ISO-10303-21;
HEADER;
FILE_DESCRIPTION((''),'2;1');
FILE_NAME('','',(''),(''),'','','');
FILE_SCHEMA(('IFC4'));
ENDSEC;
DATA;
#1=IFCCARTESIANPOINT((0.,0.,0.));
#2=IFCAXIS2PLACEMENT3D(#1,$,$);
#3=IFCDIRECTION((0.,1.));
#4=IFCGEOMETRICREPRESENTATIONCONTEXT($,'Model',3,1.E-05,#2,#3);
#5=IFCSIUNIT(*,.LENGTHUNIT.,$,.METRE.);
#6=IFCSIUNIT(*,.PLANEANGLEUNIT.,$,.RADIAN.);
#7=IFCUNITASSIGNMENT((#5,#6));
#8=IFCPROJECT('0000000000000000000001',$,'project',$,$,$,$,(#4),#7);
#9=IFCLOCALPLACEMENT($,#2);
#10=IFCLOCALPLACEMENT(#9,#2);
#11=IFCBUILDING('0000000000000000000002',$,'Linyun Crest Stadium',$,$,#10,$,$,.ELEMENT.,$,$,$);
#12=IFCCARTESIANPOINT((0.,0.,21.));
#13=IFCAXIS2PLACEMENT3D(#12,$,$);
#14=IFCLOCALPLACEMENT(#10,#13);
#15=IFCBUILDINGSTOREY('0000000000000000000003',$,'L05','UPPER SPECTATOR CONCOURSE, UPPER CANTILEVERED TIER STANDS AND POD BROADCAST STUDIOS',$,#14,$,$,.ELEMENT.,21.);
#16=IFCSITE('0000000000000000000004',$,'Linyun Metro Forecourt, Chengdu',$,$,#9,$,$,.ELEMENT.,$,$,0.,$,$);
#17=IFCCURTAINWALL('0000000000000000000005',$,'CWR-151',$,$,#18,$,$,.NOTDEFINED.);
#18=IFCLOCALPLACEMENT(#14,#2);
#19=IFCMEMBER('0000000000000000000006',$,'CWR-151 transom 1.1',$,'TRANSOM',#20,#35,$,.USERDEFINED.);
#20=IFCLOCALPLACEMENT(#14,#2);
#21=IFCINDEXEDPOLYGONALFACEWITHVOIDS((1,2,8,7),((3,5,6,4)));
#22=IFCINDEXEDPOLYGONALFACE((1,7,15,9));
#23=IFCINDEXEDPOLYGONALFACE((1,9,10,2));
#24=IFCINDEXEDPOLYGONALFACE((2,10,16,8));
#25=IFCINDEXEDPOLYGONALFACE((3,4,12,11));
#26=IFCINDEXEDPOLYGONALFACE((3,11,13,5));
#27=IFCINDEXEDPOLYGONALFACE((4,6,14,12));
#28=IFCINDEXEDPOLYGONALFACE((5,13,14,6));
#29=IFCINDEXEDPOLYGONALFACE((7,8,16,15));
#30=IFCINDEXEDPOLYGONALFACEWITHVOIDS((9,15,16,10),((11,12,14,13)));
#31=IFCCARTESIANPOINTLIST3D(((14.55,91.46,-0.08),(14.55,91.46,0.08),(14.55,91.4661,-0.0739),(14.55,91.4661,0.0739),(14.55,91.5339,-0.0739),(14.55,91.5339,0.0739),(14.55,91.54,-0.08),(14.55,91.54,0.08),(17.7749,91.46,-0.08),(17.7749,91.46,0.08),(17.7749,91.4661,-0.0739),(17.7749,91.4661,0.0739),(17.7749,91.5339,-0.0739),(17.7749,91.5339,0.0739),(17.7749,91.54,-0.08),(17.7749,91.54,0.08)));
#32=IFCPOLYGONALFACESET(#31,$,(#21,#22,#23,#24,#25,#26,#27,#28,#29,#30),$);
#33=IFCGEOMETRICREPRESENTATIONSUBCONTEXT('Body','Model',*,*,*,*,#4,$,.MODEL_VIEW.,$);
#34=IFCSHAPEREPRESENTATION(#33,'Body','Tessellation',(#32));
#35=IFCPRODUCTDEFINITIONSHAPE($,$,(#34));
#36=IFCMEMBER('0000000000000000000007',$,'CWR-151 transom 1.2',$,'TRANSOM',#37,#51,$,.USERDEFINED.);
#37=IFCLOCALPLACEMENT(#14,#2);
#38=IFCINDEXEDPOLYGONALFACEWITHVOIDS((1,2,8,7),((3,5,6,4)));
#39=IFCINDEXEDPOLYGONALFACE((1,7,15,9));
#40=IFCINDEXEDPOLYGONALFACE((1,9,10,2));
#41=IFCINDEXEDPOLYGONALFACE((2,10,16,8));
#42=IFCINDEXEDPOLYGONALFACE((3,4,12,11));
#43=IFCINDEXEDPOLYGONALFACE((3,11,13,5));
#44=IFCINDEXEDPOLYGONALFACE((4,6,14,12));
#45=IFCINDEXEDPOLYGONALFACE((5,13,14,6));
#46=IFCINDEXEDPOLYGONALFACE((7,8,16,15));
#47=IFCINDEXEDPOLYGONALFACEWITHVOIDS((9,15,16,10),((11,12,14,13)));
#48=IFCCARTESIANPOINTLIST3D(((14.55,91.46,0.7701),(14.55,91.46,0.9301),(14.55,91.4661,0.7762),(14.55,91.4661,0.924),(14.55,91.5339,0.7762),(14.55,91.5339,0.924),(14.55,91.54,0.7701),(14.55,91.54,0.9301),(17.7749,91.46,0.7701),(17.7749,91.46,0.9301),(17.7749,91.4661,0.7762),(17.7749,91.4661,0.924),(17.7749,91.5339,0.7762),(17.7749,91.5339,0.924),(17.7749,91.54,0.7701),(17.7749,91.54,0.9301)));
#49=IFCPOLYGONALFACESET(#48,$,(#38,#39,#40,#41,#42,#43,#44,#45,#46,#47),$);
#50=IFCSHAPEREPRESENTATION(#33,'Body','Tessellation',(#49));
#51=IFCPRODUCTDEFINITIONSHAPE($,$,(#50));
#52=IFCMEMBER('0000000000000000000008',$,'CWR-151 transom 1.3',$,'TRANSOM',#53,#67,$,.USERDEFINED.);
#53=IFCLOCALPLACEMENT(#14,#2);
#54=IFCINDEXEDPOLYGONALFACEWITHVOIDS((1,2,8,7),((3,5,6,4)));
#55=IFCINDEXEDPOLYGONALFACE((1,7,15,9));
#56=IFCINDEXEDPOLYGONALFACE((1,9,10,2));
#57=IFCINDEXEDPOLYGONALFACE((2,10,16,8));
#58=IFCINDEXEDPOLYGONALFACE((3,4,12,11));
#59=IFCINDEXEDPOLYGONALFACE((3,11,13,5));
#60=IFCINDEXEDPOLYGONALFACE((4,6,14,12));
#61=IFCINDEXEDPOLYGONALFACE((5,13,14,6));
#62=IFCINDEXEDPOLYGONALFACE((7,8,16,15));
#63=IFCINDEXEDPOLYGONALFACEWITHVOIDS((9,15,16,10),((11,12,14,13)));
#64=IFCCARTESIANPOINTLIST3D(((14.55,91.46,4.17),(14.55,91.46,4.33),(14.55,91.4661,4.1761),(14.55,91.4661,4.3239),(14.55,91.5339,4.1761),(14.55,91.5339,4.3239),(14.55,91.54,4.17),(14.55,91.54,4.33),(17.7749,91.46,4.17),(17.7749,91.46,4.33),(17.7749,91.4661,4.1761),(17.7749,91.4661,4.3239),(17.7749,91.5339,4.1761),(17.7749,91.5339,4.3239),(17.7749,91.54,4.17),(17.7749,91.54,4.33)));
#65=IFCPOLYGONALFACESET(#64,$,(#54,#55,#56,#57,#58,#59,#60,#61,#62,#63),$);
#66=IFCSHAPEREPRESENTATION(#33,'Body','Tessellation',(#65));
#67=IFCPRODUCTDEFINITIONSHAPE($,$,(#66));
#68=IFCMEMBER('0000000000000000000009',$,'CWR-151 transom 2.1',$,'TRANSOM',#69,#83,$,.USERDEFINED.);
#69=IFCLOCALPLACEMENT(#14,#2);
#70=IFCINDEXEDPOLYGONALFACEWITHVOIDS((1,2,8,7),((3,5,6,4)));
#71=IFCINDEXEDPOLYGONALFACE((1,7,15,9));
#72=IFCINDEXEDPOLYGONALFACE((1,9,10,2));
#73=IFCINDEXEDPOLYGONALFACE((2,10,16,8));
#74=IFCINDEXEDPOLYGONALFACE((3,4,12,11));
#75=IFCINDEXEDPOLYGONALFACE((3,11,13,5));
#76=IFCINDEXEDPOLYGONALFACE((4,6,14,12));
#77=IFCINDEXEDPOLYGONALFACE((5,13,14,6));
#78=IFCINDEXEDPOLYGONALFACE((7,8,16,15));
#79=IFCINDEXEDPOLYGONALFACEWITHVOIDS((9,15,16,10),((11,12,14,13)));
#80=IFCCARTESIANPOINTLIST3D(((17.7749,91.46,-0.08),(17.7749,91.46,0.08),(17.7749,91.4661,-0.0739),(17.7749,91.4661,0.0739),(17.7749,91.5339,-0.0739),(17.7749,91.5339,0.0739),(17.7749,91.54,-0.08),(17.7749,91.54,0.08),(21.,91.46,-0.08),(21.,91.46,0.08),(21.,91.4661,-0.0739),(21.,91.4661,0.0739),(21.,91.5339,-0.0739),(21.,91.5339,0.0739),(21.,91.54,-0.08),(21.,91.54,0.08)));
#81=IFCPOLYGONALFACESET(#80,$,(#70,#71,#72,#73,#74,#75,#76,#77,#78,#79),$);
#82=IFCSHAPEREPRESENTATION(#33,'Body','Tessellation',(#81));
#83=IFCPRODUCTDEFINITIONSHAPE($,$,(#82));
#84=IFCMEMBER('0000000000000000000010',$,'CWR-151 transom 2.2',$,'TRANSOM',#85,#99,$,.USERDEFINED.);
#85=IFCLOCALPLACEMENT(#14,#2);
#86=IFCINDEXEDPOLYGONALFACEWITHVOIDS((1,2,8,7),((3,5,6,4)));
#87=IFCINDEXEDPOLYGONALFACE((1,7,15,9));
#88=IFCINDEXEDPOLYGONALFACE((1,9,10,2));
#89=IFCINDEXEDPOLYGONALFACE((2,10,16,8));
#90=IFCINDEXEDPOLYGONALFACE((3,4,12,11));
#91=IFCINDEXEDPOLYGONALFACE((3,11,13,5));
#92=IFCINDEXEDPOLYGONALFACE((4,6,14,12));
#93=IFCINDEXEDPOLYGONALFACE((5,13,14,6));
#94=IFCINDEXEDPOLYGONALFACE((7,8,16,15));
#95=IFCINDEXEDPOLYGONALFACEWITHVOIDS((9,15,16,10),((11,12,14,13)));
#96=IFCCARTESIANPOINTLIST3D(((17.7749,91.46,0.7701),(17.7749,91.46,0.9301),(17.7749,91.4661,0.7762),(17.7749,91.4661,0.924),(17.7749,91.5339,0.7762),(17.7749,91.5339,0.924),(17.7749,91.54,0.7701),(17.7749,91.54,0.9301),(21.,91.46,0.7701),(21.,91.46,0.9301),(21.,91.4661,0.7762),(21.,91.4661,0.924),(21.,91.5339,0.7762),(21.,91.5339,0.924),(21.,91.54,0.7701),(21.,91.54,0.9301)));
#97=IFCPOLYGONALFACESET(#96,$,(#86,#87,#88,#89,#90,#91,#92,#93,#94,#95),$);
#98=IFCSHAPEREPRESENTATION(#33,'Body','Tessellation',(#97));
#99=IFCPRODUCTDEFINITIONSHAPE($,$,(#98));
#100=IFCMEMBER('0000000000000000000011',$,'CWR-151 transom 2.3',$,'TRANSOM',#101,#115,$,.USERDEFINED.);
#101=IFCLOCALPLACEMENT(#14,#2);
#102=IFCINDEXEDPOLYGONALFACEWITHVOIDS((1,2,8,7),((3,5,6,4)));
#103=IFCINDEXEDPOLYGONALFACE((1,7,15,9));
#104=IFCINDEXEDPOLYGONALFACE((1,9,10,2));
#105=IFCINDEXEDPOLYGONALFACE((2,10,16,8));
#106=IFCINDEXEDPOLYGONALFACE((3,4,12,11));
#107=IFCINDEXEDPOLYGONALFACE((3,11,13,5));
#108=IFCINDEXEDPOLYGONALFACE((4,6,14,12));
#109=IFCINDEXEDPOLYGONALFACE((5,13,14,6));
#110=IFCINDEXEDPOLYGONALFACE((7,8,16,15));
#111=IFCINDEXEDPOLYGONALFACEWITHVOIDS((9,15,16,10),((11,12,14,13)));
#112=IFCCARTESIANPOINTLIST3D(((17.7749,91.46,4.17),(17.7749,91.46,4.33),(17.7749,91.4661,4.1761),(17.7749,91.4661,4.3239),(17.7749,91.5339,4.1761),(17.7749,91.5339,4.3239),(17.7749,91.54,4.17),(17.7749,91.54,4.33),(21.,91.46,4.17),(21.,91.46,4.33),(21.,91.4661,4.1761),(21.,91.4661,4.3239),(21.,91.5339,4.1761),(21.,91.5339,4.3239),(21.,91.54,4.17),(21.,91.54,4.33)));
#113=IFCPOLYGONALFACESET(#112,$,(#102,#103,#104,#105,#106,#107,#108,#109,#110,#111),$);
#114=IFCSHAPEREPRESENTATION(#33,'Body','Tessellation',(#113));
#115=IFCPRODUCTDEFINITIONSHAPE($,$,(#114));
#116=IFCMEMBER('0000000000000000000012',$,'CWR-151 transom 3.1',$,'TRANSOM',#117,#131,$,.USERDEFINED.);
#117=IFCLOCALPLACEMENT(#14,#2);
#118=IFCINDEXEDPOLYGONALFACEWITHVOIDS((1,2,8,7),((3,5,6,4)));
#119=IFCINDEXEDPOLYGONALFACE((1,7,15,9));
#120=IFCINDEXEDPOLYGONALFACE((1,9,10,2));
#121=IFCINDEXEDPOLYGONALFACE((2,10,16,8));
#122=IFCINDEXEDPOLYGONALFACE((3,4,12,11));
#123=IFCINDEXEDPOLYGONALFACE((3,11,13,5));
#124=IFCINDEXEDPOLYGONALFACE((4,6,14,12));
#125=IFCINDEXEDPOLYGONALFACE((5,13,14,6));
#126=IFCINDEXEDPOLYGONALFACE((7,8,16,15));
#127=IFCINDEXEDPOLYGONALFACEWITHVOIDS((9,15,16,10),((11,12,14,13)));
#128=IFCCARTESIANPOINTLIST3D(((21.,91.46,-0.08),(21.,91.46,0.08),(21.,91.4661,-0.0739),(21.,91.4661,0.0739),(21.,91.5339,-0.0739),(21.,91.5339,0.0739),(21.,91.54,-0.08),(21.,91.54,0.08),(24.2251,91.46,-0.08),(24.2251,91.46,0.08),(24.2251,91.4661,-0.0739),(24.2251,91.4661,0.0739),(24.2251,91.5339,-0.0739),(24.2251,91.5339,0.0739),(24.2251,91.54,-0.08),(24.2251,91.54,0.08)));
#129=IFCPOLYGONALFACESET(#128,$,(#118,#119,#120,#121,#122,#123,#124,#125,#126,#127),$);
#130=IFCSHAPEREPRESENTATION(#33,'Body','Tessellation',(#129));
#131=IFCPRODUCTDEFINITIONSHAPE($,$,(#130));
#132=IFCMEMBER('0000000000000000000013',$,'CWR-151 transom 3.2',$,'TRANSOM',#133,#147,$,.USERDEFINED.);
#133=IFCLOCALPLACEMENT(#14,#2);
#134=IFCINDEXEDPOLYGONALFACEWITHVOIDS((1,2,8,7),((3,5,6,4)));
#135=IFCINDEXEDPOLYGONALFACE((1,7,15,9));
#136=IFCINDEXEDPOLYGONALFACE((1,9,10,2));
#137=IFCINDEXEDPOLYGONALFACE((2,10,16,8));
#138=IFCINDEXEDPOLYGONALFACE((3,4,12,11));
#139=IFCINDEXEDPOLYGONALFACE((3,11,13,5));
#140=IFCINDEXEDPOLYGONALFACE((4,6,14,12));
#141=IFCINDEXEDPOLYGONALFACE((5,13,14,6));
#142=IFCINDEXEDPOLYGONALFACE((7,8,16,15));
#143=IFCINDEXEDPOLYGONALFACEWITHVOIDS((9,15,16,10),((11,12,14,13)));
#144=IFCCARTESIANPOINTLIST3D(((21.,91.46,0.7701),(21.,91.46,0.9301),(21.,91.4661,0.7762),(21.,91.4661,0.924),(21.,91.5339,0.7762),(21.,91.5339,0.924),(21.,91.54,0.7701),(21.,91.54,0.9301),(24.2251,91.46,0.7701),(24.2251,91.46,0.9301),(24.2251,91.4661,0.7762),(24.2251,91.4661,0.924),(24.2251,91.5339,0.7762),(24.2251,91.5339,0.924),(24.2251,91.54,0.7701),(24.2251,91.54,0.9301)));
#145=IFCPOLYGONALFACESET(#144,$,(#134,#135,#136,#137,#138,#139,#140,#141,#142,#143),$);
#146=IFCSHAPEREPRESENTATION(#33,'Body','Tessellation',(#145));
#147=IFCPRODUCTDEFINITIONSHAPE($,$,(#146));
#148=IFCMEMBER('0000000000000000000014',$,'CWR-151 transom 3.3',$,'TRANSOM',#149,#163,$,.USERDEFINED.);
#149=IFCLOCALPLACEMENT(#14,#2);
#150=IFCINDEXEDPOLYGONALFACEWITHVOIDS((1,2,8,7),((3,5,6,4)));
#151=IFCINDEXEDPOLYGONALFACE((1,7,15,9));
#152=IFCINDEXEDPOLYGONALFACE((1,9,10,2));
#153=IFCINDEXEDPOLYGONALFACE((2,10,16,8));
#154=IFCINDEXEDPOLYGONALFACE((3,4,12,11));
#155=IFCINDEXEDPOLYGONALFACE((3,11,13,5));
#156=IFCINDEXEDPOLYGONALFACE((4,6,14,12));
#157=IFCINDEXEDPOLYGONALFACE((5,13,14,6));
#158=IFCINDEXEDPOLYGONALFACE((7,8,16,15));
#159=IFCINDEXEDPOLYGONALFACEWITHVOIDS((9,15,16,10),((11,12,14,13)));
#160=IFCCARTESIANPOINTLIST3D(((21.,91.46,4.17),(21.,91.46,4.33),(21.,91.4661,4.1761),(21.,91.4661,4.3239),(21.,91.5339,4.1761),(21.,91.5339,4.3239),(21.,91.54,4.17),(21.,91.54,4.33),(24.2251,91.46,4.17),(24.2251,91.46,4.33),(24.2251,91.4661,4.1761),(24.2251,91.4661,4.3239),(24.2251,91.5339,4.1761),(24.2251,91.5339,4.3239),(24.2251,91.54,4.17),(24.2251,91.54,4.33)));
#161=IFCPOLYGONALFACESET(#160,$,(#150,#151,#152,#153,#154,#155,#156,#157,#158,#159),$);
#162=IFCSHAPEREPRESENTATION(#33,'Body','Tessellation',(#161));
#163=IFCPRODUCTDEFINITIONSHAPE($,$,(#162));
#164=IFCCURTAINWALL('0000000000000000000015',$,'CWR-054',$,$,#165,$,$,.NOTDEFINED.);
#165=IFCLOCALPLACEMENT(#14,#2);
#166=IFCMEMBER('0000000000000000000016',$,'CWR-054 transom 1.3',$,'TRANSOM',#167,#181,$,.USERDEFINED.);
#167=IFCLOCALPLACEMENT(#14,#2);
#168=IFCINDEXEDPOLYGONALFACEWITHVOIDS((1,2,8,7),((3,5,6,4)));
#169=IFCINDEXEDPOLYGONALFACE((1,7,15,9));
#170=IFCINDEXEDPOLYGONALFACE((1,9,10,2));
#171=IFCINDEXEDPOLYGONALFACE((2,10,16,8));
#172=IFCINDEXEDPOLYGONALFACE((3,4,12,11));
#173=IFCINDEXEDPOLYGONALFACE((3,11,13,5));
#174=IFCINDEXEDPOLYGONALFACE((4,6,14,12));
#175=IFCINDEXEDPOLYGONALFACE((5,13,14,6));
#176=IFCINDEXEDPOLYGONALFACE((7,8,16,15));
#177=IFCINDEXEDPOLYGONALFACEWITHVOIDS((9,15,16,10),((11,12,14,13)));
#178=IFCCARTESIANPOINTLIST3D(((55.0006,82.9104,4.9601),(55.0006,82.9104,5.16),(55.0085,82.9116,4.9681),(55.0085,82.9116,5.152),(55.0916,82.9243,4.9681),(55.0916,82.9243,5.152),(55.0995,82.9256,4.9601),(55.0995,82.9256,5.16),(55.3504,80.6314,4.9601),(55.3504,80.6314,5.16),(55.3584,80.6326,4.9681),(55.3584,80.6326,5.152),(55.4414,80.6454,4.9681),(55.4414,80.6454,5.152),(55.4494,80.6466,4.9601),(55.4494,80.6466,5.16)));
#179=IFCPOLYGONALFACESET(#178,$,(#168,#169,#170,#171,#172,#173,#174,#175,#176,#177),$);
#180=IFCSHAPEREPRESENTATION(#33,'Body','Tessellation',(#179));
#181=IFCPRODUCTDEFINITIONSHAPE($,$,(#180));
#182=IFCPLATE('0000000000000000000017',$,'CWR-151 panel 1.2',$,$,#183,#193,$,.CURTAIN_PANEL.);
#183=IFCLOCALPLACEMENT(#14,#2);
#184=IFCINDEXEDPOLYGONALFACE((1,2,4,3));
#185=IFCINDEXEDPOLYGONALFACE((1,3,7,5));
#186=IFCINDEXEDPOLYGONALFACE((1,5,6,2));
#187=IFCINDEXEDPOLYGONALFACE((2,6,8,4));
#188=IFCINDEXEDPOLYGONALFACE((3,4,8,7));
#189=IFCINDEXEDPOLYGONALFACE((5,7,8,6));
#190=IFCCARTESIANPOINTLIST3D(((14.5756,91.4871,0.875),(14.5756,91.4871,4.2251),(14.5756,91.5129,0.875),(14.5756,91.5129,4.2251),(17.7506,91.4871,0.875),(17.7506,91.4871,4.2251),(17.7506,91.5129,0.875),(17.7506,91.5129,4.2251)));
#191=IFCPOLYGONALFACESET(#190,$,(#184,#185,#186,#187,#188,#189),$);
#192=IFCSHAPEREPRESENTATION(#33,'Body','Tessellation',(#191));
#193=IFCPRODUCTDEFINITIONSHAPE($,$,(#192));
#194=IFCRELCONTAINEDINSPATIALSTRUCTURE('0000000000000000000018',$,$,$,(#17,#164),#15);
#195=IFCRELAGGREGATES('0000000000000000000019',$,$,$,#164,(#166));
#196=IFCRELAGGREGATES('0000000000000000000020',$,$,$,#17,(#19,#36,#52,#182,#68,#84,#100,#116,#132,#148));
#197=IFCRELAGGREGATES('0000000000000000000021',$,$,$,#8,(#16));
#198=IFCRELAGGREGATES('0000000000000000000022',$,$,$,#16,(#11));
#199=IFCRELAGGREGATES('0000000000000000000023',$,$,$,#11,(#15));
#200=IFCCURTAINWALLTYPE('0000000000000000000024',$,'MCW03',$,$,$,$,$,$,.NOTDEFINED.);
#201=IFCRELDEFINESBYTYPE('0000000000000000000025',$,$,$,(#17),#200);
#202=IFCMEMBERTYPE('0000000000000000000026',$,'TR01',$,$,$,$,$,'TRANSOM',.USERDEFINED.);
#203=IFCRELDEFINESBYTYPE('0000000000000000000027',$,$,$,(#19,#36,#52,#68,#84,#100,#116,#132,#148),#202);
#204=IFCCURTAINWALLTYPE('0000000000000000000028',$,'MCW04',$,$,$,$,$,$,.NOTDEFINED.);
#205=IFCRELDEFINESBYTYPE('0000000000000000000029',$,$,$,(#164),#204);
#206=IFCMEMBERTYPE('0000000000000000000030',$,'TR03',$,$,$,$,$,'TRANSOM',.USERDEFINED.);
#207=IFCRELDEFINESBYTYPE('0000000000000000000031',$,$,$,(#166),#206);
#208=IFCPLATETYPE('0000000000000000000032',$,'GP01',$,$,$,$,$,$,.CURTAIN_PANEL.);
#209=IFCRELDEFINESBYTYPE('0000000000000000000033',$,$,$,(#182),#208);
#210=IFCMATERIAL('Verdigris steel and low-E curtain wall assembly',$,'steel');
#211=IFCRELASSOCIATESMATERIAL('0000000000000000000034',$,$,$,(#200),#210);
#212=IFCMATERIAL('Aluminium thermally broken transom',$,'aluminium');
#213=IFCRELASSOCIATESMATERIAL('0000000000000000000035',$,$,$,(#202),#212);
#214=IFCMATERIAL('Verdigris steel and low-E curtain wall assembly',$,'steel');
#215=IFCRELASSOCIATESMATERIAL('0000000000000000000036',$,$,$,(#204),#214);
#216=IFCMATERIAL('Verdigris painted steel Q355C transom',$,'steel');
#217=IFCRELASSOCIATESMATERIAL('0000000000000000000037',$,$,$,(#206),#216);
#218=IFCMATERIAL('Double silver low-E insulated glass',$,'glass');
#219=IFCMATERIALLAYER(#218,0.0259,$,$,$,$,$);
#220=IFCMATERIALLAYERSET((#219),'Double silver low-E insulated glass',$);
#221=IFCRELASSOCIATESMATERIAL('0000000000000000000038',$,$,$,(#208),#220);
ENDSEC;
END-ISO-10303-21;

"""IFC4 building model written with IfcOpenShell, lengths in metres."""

from ifc_helpers import new_model, si_unit, direction, frame, origin, origin_2d, place, context, subcontext, project, spatial, rectangle, hollow_rectangle, extrude, material, layer, layer_set, material_profile, profile_set, type_object, element, aggregate, save


model = new_model("IFC4")

# Units and contexts
model_context = context("Model", 3, precision=1e-05, world=origin(), true_north=direction((0.0, 1.0)))
body_context = subcontext(model_context, "Body", "Model", "MODEL_VIEW")
ifc_project = project(units=[si_unit("LENGTHUNIT", "METRE"), si_unit("PLANEANGLEUNIT", "RADIAN")], contexts=[model_context])

# Site, building, storey
site_placement = place(None, origin())
site = spatial("IfcSite", under=ifc_project, at=site_placement, Name="Linyun Metro Forecourt, Chengdu", CompositionType="ELEMENT", RefElevation=0.0)
building_placement = place(site_placement, origin())
building = spatial("IfcBuilding", under=site, at=building_placement, Name="Linyun Crest Stadium", CompositionType="ELEMENT")
storey_placement = place(building_placement, frame((0.0, 0.0, 21.0)))
storey = spatial("IfcBuildingStorey", under=building, at=storey_placement, Name="L05", Description="UPPER SPECTATOR CONCOURSE, UPPER CANTILEVERED TIER STANDS AND POD BROADCAST STUDIOS", CompositionType="ELEMENT", Elevation=21.0)

# Curtain wall
ifc_material_1 = material(Name="Verdigris steel and low-E curtain wall assembly", Category="steel")
curtain_wall_type_1 = type_object("IfcCurtainWallType", Name="MCW03", PredefinedType="NOTDEFINED", material=ifc_material_1)
curtain_wall_1_placement = place(storey_placement, origin())
curtain_wall_1 = element("IfcCurtainWall", 1, at=curtain_wall_1_placement, inside=storey, type_object=curtain_wall_type_1, Name="CWR-151", PredefinedType="NOTDEFINED")

# Members
ifc_material_2 = material(Name="Aluminium thermally broken transom", Category="aluminium")
ifc_material_profile_1 = material_profile(ifc_material_2, hollow_rectangle(XDim=0.0801, YDim=0.1599, WallThickness=0.0061, at=origin_2d()), Name="RHS 160x80x6")
ifc_profile_set_1 = profile_set([ifc_material_profile_1], Name="Aluminium thermally broken transom")
member_type_1 = type_object("IfcMemberType", Name="TR01", ElementType="TRANSOM", PredefinedType="USERDEFINED", material=ifc_profile_set_1)
member_1_placement = place(storey_placement, frame((14.55, 91.5, 0.0), z_axis=(1.0, 0.0, 0.0), x_axis=(0.0, 1.0, 0.0)))
member_1 = element("IfcMember", 2, at=member_1_placement, type_object=member_type_1, Name="CWR-151 transom 1.1", ObjectType="TRANSOM", PredefinedType="USERDEFINED", context=body_context, shape_type="SweptSolid", body=[
    extrude(hollow_rectangle(XDim=0.0801, YDim=0.1599, WallThickness=0.0061, at=origin_2d()), origin(), (0.0, 0.0, 1.0), 3.2249),
])
member_2_placement = place(storey_placement, frame((14.55, 91.5, 0.8501), z_axis=(1.0, 0.0, 0.0), x_axis=(0.0, 1.0, 0.0)))
member_2 = element("IfcMember", 3, at=member_2_placement, type_object=member_type_1, Name="CWR-151 transom 1.2", ObjectType="TRANSOM", PredefinedType="USERDEFINED", context=body_context, shape_type="SweptSolid", body=[
    extrude(hollow_rectangle(XDim=0.0801, YDim=0.1599, WallThickness=0.0061, at=origin_2d()), origin(), (0.0, 0.0, 1.0), 3.2249),
])
member_3_placement = place(storey_placement, frame((14.55, 91.5, 4.25), z_axis=(1.0, 0.0, 0.0), x_axis=(0.0, 1.0, 0.0)))
member_3 = element("IfcMember", 4, at=member_3_placement, type_object=member_type_1, Name="CWR-151 transom 1.3", ObjectType="TRANSOM", PredefinedType="USERDEFINED", context=body_context, shape_type="SweptSolid", body=[
    extrude(hollow_rectangle(XDim=0.0801, YDim=0.1599, WallThickness=0.0061, at=origin_2d()), origin(), (0.0, 0.0, 1.0), 3.2249),
])
member_4_placement = place(storey_placement, frame((17.7749, 91.5, 0.0), z_axis=(1.0, 0.0, 0.0), x_axis=(0.0, 1.0, 0.0)))
member_4 = element("IfcMember", 5, at=member_4_placement, type_object=member_type_1, Name="CWR-151 transom 2.1", ObjectType="TRANSOM", PredefinedType="USERDEFINED", context=body_context, shape_type="SweptSolid", body=[
    extrude(hollow_rectangle(XDim=0.0801, YDim=0.1599, WallThickness=0.0061, at=origin_2d()), origin(), (0.0, 0.0, 1.0), 3.2251),
])
member_5_placement = place(storey_placement, frame((17.7749, 91.5, 0.8501), z_axis=(1.0, 0.0, 0.0), x_axis=(0.0, 1.0, 0.0)))
member_5 = element("IfcMember", 6, at=member_5_placement, type_object=member_type_1, Name="CWR-151 transom 2.2", ObjectType="TRANSOM", PredefinedType="USERDEFINED", context=body_context, shape_type="SweptSolid", body=[
    extrude(hollow_rectangle(XDim=0.0801, YDim=0.1599, WallThickness=0.0061, at=origin_2d()), origin(), (0.0, 0.0, 1.0), 3.2251),
])
member_6_placement = place(storey_placement, frame((17.7749, 91.5, 4.25), z_axis=(1.0, 0.0, 0.0), x_axis=(0.0, 1.0, 0.0)))
member_6 = element("IfcMember", 7, at=member_6_placement, type_object=member_type_1, Name="CWR-151 transom 2.3", ObjectType="TRANSOM", PredefinedType="USERDEFINED", context=body_context, shape_type="SweptSolid", body=[
    extrude(hollow_rectangle(XDim=0.0801, YDim=0.1599, WallThickness=0.0061, at=origin_2d()), origin(), (0.0, 0.0, 1.0), 3.2251),
])
member_7_placement = place(storey_placement, frame((21.0, 91.5, 0.0), z_axis=(1.0, 0.0, 0.0), x_axis=(0.0, 1.0, 0.0)))
member_7 = element("IfcMember", 8, at=member_7_placement, type_object=member_type_1, Name="CWR-151 transom 3.1", ObjectType="TRANSOM", PredefinedType="USERDEFINED", context=body_context, shape_type="SweptSolid", body=[
    extrude(hollow_rectangle(XDim=0.0801, YDim=0.1599, WallThickness=0.0061, at=origin_2d()), origin(), (0.0, 0.0, 1.0), 3.2251),
])
member_8_placement = place(storey_placement, frame((21.0, 91.5, 0.8501), z_axis=(1.0, 0.0, 0.0), x_axis=(0.0, 1.0, 0.0)))
member_8 = element("IfcMember", 9, at=member_8_placement, type_object=member_type_1, Name="CWR-151 transom 3.2", ObjectType="TRANSOM", PredefinedType="USERDEFINED", context=body_context, shape_type="SweptSolid", body=[
    extrude(hollow_rectangle(XDim=0.0801, YDim=0.1599, WallThickness=0.0061, at=origin_2d()), origin(), (0.0, 0.0, 1.0), 3.2251),
])
member_9_placement = place(storey_placement, frame((21.0, 91.5, 4.25), z_axis=(1.0, 0.0, 0.0), x_axis=(0.0, 1.0, 0.0)))
member_9 = element("IfcMember", 10, at=member_9_placement, type_object=member_type_1, Name="CWR-151 transom 3.3", ObjectType="TRANSOM", PredefinedType="USERDEFINED", context=body_context, shape_type="SweptSolid", body=[
    extrude(hollow_rectangle(XDim=0.0801, YDim=0.1599, WallThickness=0.0061, at=origin_2d()), origin(), (0.0, 0.0, 1.0), 3.2251),
])

# Curtain wall, member
ifc_material_3 = material(Name="Verdigris steel and low-E curtain wall assembly", Category="steel")
curtain_wall_type_2 = type_object("IfcCurtainWallType", Name="MCW04", PredefinedType="NOTDEFINED", material=ifc_material_3)
curtain_wall_2_placement = place(storey_placement, origin())
curtain_wall_2 = element("IfcCurtainWall", 11, at=curtain_wall_2_placement, inside=storey, type_object=curtain_wall_type_2, Name="CWR-054", PredefinedType="NOTDEFINED")
ifc_material_4 = material(Name="Verdigris painted steel Q355C transom", Category="steel")
ifc_material_profile_2 = material_profile(ifc_material_4, hollow_rectangle(XDim=0.1001, YDim=0.2, WallThickness=0.0081, at=origin_2d()), Name="RHS 200x100x8")
ifc_profile_set_2 = profile_set([ifc_material_profile_2], Name="Verdigris painted steel Q355C transom")
member_type_2 = type_object("IfcMemberType", Name="TR03", ElementType="TRANSOM", PredefinedType="USERDEFINED", material=ifc_profile_set_2)
member_10_placement = place(storey_placement, frame((55.05, 82.918, 5.0601), z_axis=(0.151731, -0.988422, 0.0), x_axis=(0.988422, 0.151731, 0.0)))
member_10 = element("IfcMember", 12, at=member_10_placement, type_object=member_type_2, Name="CWR-054 transom 1.3", ObjectType="TRANSOM", PredefinedType="USERDEFINED", context=body_context, shape_type="SweptSolid", body=[
    extrude(hollow_rectangle(XDim=0.1001, YDim=0.2, WallThickness=0.0081, at=origin_2d()), origin(), (0.0, 0.0, 1.0), 2.3057),
])
aggregate(curtain_wall_2, [member_10])

# Plate
ifc_material_5 = material(Name="Double silver low-E insulated glass", Category="glass")
ifc_layer_1 = layer(ifc_material_5, 0.0259)
ifc_layer_set_1 = layer_set([ifc_layer_1], Name="Double silver low-E insulated glass")
plate_type_1 = type_object("IfcPlateType", Name="GP01", PredefinedType="CURTAIN_PANEL", material=ifc_layer_set_1)
plate_1_placement = place(storey_placement, frame((16.1631, 91.5, 0.875), z_axis=(0.0, 0.0, 1.0), x_axis=(1.0, 0.0, 0.0)))
plate_1 = element("IfcPlate", 13, at=plate_1_placement, type_object=plate_type_1, Name="CWR-151 panel 1.2", PredefinedType="CURTAIN_PANEL", context=body_context, shape_type="SweptSolid", body=[
    extrude(rectangle(XDim=3.175, YDim=0.0259, at=origin_2d()), origin(), (0.0, 0.0, 1.0), 3.3501),
])
aggregate(curtain_wall_1, [member_1, member_2, member_3, plate_1, member_4, member_5, member_6, member_7, member_8, member_9])

save(model, "model.ifc")
